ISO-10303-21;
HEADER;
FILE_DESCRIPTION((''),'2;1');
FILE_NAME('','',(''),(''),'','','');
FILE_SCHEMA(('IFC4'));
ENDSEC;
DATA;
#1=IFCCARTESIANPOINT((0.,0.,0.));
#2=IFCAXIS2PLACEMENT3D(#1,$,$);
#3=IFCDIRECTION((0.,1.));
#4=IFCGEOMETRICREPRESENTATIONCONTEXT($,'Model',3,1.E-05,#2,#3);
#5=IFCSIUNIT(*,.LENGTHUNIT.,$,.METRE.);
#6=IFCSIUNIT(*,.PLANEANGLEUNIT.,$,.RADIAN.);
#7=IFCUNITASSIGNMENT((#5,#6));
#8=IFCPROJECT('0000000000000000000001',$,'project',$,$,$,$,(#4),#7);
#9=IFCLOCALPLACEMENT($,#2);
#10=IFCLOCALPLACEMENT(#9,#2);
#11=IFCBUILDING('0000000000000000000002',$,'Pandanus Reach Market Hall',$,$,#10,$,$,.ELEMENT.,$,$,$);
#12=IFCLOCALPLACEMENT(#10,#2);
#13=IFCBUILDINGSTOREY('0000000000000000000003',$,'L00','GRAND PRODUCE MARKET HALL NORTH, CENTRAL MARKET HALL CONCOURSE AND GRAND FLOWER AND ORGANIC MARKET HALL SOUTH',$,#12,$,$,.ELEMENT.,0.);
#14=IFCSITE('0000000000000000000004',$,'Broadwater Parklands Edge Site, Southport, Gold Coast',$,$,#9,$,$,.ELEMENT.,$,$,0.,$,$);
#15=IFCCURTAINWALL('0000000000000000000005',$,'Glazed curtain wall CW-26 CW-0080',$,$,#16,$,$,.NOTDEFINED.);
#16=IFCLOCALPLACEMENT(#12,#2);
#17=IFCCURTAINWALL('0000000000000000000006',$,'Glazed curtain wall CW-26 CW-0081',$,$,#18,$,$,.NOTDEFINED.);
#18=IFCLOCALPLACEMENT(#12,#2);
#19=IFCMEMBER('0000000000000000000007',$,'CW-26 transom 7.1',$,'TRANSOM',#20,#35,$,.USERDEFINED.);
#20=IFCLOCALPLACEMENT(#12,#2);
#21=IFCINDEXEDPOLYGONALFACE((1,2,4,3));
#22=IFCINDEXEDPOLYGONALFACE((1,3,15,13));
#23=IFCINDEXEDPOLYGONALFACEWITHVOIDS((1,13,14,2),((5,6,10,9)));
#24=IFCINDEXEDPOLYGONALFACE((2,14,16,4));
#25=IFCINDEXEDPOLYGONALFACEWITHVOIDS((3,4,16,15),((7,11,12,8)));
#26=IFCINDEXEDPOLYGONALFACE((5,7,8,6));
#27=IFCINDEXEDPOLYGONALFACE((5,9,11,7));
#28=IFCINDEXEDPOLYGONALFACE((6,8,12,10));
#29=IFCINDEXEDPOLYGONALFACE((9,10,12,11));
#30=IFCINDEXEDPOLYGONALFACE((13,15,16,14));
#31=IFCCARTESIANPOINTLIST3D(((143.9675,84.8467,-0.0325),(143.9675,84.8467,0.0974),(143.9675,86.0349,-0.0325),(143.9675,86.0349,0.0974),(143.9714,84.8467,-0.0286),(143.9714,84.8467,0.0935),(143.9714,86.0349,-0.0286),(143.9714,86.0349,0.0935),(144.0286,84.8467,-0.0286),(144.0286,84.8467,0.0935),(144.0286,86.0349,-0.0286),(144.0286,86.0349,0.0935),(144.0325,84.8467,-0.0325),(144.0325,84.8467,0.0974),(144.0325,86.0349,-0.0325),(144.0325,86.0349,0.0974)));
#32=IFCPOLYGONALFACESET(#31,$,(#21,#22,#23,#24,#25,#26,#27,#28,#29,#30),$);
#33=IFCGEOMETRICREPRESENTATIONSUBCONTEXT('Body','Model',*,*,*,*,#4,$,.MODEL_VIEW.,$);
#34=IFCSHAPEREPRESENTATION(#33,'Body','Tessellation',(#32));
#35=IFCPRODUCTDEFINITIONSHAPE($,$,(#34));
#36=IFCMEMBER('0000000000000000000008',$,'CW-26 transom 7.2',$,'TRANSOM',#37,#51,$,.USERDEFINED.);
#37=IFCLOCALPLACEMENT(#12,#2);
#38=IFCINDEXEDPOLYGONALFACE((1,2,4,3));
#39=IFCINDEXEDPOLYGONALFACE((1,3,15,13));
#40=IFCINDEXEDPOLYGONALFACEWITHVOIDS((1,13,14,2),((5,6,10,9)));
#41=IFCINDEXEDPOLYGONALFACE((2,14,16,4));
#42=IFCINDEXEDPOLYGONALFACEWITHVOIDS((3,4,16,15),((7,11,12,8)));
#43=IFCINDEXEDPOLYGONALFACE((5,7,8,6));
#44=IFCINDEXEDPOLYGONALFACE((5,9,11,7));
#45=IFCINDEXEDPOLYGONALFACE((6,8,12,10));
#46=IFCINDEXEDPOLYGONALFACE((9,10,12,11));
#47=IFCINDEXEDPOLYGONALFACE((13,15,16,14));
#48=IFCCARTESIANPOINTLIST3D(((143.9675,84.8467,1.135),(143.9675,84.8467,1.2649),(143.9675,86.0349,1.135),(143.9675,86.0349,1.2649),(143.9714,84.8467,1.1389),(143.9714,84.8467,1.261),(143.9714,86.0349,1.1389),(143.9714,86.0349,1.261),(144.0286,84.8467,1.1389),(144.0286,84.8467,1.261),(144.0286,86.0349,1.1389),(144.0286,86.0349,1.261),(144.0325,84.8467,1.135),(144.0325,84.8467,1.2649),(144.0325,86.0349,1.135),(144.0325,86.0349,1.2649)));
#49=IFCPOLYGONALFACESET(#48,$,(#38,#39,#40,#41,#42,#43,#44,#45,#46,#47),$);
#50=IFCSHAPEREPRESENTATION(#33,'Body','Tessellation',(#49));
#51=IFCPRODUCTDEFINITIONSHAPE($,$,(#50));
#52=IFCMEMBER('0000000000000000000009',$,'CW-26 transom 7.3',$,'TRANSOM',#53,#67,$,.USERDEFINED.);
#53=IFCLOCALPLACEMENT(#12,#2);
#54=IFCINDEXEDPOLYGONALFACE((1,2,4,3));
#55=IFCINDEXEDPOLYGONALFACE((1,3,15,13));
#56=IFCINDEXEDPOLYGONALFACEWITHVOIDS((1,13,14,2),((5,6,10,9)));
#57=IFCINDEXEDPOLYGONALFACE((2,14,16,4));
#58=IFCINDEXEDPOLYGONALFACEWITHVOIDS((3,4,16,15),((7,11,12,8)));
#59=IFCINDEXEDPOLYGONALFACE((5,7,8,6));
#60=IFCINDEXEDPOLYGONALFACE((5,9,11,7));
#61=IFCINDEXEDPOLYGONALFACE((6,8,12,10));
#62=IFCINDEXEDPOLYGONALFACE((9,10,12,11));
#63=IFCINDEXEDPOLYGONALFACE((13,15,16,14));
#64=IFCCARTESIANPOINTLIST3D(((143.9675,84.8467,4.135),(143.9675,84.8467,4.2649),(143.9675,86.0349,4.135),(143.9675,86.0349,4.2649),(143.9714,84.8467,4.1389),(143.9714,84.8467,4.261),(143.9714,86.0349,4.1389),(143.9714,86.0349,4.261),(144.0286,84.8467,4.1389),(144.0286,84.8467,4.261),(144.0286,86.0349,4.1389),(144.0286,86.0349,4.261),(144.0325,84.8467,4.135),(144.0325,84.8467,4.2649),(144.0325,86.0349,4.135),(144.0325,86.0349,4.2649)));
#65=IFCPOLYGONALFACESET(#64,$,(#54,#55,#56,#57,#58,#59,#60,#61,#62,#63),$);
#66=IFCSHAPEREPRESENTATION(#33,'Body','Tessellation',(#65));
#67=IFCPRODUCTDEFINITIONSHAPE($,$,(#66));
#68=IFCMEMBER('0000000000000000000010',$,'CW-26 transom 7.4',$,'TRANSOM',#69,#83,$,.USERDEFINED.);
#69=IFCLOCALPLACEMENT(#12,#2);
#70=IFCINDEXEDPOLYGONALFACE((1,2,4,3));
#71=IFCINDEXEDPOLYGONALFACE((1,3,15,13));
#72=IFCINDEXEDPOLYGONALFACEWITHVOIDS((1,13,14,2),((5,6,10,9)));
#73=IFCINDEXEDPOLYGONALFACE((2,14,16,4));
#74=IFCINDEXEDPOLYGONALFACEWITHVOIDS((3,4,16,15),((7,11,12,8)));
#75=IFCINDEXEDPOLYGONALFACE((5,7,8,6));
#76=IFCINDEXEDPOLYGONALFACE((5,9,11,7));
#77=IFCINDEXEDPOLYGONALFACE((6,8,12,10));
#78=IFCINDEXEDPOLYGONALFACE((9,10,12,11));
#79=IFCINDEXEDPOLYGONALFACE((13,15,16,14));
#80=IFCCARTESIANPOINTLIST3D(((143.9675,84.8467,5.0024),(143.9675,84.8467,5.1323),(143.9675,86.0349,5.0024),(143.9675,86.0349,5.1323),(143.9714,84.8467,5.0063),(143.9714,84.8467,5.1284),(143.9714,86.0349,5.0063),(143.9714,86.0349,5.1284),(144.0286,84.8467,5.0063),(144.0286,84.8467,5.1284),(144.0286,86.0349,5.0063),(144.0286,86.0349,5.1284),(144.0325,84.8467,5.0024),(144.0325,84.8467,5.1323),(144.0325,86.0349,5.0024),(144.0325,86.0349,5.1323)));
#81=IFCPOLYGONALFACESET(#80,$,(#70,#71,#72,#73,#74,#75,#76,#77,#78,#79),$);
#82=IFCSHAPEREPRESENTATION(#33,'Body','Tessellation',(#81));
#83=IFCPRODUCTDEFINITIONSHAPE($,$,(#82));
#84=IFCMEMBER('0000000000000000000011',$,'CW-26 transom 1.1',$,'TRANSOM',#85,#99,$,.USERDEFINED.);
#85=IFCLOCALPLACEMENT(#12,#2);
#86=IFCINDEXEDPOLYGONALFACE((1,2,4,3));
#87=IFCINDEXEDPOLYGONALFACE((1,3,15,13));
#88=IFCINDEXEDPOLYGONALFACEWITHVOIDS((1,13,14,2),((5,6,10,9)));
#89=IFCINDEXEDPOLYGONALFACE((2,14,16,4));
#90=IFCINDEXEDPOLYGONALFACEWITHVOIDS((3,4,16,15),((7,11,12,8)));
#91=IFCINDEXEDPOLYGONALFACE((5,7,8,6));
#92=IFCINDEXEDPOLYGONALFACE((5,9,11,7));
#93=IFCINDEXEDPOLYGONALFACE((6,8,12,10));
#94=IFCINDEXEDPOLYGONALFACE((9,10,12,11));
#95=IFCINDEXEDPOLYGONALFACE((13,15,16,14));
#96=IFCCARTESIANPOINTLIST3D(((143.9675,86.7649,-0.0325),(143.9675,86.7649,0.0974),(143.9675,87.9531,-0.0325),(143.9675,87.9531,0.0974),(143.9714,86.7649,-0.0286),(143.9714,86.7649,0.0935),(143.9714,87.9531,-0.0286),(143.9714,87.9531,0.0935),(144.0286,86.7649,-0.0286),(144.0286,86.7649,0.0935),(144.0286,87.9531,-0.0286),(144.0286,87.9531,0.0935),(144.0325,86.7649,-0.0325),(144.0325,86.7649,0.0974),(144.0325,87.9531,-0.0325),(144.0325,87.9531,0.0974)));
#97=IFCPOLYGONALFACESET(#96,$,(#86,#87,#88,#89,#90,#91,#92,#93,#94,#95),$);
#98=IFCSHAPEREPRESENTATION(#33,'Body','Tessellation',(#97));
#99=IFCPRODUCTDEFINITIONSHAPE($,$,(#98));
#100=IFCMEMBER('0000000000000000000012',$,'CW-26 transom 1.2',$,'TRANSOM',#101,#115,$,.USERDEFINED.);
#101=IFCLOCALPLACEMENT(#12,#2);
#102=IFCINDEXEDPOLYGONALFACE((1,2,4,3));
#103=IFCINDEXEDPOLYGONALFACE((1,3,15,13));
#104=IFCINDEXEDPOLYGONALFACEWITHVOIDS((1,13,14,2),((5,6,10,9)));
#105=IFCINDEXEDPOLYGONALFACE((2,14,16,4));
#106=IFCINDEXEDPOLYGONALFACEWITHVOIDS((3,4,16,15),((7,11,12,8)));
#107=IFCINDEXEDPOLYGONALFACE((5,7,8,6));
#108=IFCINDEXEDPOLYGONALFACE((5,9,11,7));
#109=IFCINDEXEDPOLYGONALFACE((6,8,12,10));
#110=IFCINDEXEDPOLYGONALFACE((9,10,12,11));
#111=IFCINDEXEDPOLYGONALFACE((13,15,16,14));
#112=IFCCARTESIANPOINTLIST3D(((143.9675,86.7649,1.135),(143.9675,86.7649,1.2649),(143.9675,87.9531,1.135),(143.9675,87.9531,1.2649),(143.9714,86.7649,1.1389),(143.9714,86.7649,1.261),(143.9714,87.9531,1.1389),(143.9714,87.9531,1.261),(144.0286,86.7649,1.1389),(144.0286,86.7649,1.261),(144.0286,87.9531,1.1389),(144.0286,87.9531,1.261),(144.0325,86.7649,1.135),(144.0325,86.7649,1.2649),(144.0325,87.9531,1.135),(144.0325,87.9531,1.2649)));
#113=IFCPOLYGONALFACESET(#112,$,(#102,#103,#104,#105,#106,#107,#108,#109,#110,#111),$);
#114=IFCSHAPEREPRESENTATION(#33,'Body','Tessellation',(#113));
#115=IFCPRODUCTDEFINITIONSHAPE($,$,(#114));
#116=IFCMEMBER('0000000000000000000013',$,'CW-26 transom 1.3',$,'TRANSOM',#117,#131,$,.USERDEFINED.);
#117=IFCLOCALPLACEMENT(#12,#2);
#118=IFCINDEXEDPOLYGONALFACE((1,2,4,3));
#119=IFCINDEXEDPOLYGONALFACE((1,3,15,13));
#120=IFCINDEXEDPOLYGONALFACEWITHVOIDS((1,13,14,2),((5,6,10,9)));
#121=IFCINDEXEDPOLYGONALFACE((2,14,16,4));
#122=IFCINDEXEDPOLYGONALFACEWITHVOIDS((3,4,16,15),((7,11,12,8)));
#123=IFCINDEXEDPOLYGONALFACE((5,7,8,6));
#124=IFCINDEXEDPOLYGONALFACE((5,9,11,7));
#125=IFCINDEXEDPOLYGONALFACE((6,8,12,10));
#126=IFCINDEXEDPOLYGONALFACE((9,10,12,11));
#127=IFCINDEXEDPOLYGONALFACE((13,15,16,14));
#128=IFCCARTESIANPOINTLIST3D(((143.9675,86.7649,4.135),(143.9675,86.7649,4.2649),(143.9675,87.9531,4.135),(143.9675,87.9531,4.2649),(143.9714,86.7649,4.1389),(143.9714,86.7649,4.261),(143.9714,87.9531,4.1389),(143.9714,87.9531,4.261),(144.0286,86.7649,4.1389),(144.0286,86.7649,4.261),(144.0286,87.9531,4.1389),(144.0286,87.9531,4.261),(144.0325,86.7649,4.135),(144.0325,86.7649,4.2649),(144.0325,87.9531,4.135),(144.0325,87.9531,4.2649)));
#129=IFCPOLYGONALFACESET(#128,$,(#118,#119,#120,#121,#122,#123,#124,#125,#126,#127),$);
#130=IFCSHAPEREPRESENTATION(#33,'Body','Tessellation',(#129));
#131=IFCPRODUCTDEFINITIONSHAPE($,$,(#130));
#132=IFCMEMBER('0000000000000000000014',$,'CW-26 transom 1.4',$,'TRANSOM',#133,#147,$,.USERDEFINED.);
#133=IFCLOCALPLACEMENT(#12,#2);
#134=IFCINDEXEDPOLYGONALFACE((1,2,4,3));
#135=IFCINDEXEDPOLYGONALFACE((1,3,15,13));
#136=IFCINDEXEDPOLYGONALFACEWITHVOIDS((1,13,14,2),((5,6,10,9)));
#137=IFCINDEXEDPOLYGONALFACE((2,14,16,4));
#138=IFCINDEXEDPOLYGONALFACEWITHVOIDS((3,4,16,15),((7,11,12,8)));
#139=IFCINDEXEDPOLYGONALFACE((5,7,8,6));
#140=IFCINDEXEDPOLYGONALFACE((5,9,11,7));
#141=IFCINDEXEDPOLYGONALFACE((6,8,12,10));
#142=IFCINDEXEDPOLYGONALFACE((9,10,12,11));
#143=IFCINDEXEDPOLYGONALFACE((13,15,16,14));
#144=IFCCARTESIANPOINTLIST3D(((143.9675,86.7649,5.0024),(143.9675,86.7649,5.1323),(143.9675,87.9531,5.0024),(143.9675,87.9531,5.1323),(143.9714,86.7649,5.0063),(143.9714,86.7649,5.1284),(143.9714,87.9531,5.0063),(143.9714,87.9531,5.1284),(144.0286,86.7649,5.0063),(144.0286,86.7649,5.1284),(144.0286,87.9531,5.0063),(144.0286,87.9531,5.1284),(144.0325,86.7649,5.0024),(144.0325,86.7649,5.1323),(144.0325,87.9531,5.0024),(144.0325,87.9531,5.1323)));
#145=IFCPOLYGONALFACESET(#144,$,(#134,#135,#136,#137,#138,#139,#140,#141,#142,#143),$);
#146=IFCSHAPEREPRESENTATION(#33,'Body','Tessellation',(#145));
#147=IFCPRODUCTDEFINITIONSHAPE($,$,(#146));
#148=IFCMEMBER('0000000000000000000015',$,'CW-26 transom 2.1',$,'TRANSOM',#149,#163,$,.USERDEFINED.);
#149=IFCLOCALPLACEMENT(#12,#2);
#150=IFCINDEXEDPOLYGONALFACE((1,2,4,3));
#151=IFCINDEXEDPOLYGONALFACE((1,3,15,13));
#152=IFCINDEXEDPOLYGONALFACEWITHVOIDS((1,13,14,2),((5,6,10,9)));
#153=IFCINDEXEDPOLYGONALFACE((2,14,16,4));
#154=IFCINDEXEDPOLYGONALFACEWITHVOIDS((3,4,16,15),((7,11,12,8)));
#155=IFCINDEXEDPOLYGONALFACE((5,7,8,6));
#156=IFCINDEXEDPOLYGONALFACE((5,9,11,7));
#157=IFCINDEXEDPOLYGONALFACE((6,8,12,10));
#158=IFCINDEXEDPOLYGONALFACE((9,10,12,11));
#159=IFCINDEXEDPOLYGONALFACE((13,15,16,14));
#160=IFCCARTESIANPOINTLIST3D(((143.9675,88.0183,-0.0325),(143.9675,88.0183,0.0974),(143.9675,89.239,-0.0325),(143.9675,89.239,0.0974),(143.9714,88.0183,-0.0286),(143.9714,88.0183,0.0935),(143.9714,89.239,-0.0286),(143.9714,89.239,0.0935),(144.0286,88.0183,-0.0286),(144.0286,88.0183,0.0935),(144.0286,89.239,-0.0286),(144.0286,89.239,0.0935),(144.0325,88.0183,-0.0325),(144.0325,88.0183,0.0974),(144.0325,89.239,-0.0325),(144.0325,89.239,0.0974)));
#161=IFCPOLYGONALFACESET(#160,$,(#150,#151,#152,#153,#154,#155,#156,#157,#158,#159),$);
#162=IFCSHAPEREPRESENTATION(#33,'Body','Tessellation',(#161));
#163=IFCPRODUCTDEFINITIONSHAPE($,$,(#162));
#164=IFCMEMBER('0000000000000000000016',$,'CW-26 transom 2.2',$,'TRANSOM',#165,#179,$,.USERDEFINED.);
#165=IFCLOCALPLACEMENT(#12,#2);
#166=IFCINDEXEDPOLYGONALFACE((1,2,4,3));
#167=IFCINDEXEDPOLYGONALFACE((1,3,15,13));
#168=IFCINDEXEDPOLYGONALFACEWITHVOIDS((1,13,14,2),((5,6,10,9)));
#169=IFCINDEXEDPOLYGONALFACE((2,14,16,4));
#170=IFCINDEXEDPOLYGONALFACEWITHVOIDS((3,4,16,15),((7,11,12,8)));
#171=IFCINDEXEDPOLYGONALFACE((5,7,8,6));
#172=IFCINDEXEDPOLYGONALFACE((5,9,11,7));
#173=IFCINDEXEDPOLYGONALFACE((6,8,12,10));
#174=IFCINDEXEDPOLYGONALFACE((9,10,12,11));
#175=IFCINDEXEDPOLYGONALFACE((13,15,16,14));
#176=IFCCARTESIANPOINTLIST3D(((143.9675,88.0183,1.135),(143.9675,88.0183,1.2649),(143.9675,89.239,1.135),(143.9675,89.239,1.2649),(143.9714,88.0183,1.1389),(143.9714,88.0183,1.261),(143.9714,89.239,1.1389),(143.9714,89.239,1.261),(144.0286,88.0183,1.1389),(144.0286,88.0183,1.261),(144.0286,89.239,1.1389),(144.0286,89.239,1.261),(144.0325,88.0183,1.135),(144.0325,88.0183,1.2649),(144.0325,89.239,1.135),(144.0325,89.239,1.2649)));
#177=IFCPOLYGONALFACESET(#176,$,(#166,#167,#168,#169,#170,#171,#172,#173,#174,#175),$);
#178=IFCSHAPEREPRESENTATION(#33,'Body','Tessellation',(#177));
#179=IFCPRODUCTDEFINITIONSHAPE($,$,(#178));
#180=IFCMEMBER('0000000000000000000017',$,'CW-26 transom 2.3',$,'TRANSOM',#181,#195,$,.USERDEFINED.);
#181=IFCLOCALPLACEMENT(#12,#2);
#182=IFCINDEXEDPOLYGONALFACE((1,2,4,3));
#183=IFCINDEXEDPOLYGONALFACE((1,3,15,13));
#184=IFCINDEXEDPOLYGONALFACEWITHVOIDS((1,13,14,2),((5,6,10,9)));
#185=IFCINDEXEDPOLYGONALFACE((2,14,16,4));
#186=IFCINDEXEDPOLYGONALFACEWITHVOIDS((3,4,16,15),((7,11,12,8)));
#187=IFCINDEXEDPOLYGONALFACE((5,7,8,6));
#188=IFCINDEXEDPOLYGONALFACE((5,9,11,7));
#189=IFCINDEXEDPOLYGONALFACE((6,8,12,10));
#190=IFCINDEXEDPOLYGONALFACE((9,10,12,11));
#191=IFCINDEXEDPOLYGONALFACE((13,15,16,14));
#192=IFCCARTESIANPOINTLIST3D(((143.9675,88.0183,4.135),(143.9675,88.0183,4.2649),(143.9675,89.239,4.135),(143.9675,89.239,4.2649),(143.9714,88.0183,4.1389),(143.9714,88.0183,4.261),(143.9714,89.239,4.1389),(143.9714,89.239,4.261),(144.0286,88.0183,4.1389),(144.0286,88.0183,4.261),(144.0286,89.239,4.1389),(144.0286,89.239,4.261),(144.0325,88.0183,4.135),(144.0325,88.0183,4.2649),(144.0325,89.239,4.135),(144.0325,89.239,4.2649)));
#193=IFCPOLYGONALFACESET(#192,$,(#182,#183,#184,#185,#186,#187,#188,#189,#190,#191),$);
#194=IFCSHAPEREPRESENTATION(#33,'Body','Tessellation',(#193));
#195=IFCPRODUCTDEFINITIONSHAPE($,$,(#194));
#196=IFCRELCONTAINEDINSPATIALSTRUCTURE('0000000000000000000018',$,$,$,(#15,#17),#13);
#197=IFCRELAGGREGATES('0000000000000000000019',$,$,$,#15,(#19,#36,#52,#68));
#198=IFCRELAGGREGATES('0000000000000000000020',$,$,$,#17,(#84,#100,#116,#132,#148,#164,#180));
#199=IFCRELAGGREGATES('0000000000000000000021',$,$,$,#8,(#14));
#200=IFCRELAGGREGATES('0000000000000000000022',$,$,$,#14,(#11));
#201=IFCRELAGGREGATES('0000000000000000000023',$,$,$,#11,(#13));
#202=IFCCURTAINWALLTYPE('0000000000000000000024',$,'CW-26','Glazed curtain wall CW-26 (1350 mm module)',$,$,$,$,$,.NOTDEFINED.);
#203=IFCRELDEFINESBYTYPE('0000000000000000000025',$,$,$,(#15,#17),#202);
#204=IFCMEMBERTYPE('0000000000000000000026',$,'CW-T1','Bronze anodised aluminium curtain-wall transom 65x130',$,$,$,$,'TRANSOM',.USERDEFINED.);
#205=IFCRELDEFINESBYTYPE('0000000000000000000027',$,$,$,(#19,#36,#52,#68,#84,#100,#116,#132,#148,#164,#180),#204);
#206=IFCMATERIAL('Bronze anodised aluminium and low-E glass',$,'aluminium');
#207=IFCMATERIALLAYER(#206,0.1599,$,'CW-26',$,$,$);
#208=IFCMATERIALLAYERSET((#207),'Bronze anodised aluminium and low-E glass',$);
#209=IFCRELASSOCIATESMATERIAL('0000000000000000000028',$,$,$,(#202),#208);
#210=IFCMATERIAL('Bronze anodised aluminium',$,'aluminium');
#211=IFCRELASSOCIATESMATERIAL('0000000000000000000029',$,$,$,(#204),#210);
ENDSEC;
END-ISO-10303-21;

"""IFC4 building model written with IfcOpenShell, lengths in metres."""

from ifc_helpers import new_model, si_unit, direction, frame, origin, origin_2d, place, context, subcontext, project, spatial, hollow_rectangle, extrude, material, layer, layer_set, material_profile, profile_set, type_object, element, aggregate, save


model = new_model("IFC4")

# Units and contexts
model_context = context("Model", 3, precision=1e-05, world=origin(), true_north=direction((0.0, 1.0)))
body_context = subcontext(model_context, "Body", "Model", "MODEL_VIEW")
ifc_project = project(units=[si_unit("LENGTHUNIT", "METRE"), si_unit("PLANEANGLEUNIT", "RADIAN")], contexts=[model_context])

# Site, building, storey
site_placement = place(None, origin())
site = spatial("IfcSite", under=ifc_project, at=site_placement, Name="Broadwater Parklands Edge Site, Southport, Gold Coast", CompositionType="ELEMENT", RefElevation=0.0)
building_placement = place(site_placement, origin())
building = spatial("IfcBuilding", under=site, at=building_placement, Name="Pandanus Reach Market Hall", CompositionType="ELEMENT")
storey_placement = place(building_placement, origin())
storey = spatial("IfcBuildingStorey", under=building, at=storey_placement, Name="L00", Description="GRAND PRODUCE MARKET HALL NORTH, CENTRAL MARKET HALL CONCOURSE AND GRAND FLOWER AND ORGANIC MARKET HALL SOUTH", CompositionType="ELEMENT", Elevation=0.0)

# Curtain walls
ifc_material_1 = material(Name="Bronze anodised aluminium and low-E glass", Category="aluminium")
ifc_layer_1 = layer(ifc_material_1, 0.1599, Name="CW-26")
ifc_layer_set_1 = layer_set([ifc_layer_1], Name="Bronze anodised aluminium and low-E glass")
curtain_wall_type = type_object("IfcCurtainWallType", Name="CW-26", Description="Glazed curtain wall CW-26 (1350 mm module)", PredefinedType="NOTDEFINED", material=ifc_layer_set_1)
curtain_wall_1_placement = place(storey_placement, origin())
curtain_wall_1 = element("IfcCurtainWall", 1, at=curtain_wall_1_placement, inside=storey, type_object=curtain_wall_type, Name="Glazed curtain wall CW-26 CW-0080", PredefinedType="NOTDEFINED")
ifc_material_2 = material(Name="Bronze anodised aluminium", Category="aluminium")
curtain_wall_2_placement = place(storey_placement, origin())
curtain_wall_2 = element("IfcCurtainWall", 2, at=curtain_wall_2_placement, inside=storey, type_object=curtain_wall_type, Name="Glazed curtain wall CW-26 CW-0081", PredefinedType="NOTDEFINED")

# Members
ifc_material_profile_1 = material_profile(ifc_material_2, hollow_rectangle(XDim=0.0649, YDim=0.1299, WallThickness=0.0039, at=origin_2d()), Name="ALU65x130", Category="LoadBearing")
ifc_profile_set_1 = profile_set([ifc_material_profile_1], Name="Bronze anodised aluminium")
member_type_1 = type_object("IfcMemberType", Name="CW-T1", Description="Bronze anodised aluminium curtain-wall transom 65x130", ElementType="TRANSOM", PredefinedType="USERDEFINED", material=ifc_profile_set_1)
member_1_placement = place(storey_placement, frame((144.0, 84.8467, 0.0325), z_axis=(0.0, 1.0, 0.0), x_axis=(-1.0, 0.0, 0.0)))
member_1 = element("IfcMember", 3, at=member_1_placement, type_object=member_type_1, Name="CW-26 transom 7.1", ObjectType="TRANSOM", PredefinedType="USERDEFINED", context=body_context, shape_type="SweptSolid", body=[
    extrude(hollow_rectangle(XDim=0.0649, YDim=0.1299, WallThickness=0.0039, at=origin_2d()), origin(), (0.0, 0.0, 1.0), 1.1882),
])
member_2_placement = place(storey_placement, frame((144.0, 84.8467, 1.2), z_axis=(0.0, 1.0, 0.0), x_axis=(-1.0, 0.0, 0.0)))
member_2 = element("IfcMember", 4, at=member_2_placement, type_object=member_type_1, Name="CW-26 transom 7.2", ObjectType="TRANSOM", PredefinedType="USERDEFINED", context=body_context, shape_type="SweptSolid", body=[
    extrude(hollow_rectangle(XDim=0.0649, YDim=0.1299, WallThickness=0.0039, at=origin_2d()), origin(), (0.0, 0.0, 1.0), 1.1882),
])
member_3_placement = place(storey_placement, frame((144.0, 84.8467, 4.2), z_axis=(0.0, 1.0, 0.0), x_axis=(-1.0, 0.0, 0.0)))
member_3 = element("IfcMember", 5, at=member_3_placement, type_object=member_type_1, Name="CW-26 transom 7.3", ObjectType="TRANSOM", PredefinedType="USERDEFINED", context=body_context, shape_type="SweptSolid", body=[
    extrude(hollow_rectangle(XDim=0.0649, YDim=0.1299, WallThickness=0.0039, at=origin_2d()), origin(), (0.0, 0.0, 1.0), 1.1882),
])
member_4_placement = place(storey_placement, frame((144.0, 84.8467, 5.0674), z_axis=(0.0, 1.0, 0.0), x_axis=(-1.0, 0.0, 0.0)))
member_4 = element("IfcMember", 6, at=member_4_placement, type_object=member_type_1, Name="CW-26 transom 7.4", ObjectType="TRANSOM", PredefinedType="USERDEFINED", context=body_context, shape_type="SweptSolid", body=[
    extrude(hollow_rectangle(XDim=0.0649, YDim=0.1299, WallThickness=0.0039, at=origin_2d()), origin(), (0.0, 0.0, 1.0), 1.1882),
])
member_5_placement = place(storey_placement, frame((144.0, 86.7649, 0.0325), z_axis=(0.0, 1.0, 0.0), x_axis=(-1.0, 0.0, 0.0)))
member_5 = element("IfcMember", 7, at=member_5_placement, type_object=member_type_1, Name="CW-26 transom 1.1", ObjectType="TRANSOM", PredefinedType="USERDEFINED", context=body_context, shape_type="SweptSolid", body=[
    extrude(hollow_rectangle(XDim=0.0649, YDim=0.1299, WallThickness=0.0039, at=origin_2d()), origin(), (0.0, 0.0, 1.0), 1.1882),
])
member_6_placement = place(storey_placement, frame((144.0, 86.7649, 1.2), z_axis=(0.0, 1.0, 0.0), x_axis=(-1.0, 0.0, 0.0)))
member_6 = element("IfcMember", 8, at=member_6_placement, type_object=member_type_1, Name="CW-26 transom 1.2", ObjectType="TRANSOM", PredefinedType="USERDEFINED", context=body_context, shape_type="SweptSolid", body=[
    extrude(hollow_rectangle(XDim=0.0649, YDim=0.1299, WallThickness=0.0039, at=origin_2d()), origin(), (0.0, 0.0, 1.0), 1.1882),
])
member_7_placement = place(storey_placement, frame((144.0, 86.7649, 4.2), z_axis=(0.0, 1.0, 0.0), x_axis=(-1.0, 0.0, 0.0)))
member_7 = element("IfcMember", 9, at=member_7_placement, type_object=member_type_1, Name="CW-26 transom 1.3", ObjectType="TRANSOM", PredefinedType="USERDEFINED", context=body_context, shape_type="SweptSolid", body=[
    extrude(hollow_rectangle(XDim=0.0649, YDim=0.1299, WallThickness=0.0039, at=origin_2d()), origin(), (0.0, 0.0, 1.0), 1.1882),
])
member_8_placement = place(storey_placement, frame((144.0, 86.7649, 5.0674), z_axis=(0.0, 1.0, 0.0), x_axis=(-1.0, 0.0, 0.0)))
member_8 = element("IfcMember", 10, at=member_8_placement, type_object=member_type_1, Name="CW-26 transom 1.4", ObjectType="TRANSOM", PredefinedType="USERDEFINED", context=body_context, shape_type="SweptSolid", body=[
    extrude(hollow_rectangle(XDim=0.0649, YDim=0.1299, WallThickness=0.0039, at=origin_2d()), origin(), (0.0, 0.0, 1.0), 1.1882),
])
member_9_placement = place(storey_placement, frame((144.0, 88.0183, 0.0325), z_axis=(0.0, 1.0, 0.0), x_axis=(-1.0, 0.0, 0.0)))
member_9 = element("IfcMember", 11, at=member_9_placement, type_object=member_type_1, Name="CW-26 transom 2.1", ObjectType="TRANSOM", PredefinedType="USERDEFINED", context=body_context, shape_type="SweptSolid", body=[
    extrude(hollow_rectangle(XDim=0.0649, YDim=0.1299, WallThickness=0.0039, at=origin_2d()), origin(), (0.0, 0.0, 1.0), 1.2207),
])
member_10_placement = place(storey_placement, frame((144.0, 88.0183, 1.2), z_axis=(0.0, 1.0, 0.0), x_axis=(-1.0, 0.0, 0.0)))
member_10 = element("IfcMember", 12, at=member_10_placement, type_object=member_type_1, Name="CW-26 transom 2.2", ObjectType="TRANSOM", PredefinedType="USERDEFINED", context=body_context, shape_type="SweptSolid", body=[
    extrude(hollow_rectangle(XDim=0.0649, YDim=0.1299, WallThickness=0.0039, at=origin_2d()), origin(), (0.0, 0.0, 1.0), 1.2207),
])
member_11_placement = place(storey_placement, frame((144.0, 88.0183, 4.2), z_axis=(0.0, 1.0, 0.0), x_axis=(-1.0, 0.0, 0.0)))
member_11 = element("IfcMember", 13, at=member_11_placement, type_object=member_type_1, Name="CW-26 transom 2.3", ObjectType="TRANSOM", PredefinedType="USERDEFINED", context=body_context, shape_type="SweptSolid", body=[
    extrude(hollow_rectangle(XDim=0.0649, YDim=0.1299, WallThickness=0.0039, at=origin_2d()), origin(), (0.0, 0.0, 1.0), 1.2207),
])

aggregate(curtain_wall_1, [member_1, member_2, member_3, member_4])
aggregate(curtain_wall_2, [member_5, member_6, member_7, member_8, member_9, member_10, member_11])

save(model, "model.ifc")
